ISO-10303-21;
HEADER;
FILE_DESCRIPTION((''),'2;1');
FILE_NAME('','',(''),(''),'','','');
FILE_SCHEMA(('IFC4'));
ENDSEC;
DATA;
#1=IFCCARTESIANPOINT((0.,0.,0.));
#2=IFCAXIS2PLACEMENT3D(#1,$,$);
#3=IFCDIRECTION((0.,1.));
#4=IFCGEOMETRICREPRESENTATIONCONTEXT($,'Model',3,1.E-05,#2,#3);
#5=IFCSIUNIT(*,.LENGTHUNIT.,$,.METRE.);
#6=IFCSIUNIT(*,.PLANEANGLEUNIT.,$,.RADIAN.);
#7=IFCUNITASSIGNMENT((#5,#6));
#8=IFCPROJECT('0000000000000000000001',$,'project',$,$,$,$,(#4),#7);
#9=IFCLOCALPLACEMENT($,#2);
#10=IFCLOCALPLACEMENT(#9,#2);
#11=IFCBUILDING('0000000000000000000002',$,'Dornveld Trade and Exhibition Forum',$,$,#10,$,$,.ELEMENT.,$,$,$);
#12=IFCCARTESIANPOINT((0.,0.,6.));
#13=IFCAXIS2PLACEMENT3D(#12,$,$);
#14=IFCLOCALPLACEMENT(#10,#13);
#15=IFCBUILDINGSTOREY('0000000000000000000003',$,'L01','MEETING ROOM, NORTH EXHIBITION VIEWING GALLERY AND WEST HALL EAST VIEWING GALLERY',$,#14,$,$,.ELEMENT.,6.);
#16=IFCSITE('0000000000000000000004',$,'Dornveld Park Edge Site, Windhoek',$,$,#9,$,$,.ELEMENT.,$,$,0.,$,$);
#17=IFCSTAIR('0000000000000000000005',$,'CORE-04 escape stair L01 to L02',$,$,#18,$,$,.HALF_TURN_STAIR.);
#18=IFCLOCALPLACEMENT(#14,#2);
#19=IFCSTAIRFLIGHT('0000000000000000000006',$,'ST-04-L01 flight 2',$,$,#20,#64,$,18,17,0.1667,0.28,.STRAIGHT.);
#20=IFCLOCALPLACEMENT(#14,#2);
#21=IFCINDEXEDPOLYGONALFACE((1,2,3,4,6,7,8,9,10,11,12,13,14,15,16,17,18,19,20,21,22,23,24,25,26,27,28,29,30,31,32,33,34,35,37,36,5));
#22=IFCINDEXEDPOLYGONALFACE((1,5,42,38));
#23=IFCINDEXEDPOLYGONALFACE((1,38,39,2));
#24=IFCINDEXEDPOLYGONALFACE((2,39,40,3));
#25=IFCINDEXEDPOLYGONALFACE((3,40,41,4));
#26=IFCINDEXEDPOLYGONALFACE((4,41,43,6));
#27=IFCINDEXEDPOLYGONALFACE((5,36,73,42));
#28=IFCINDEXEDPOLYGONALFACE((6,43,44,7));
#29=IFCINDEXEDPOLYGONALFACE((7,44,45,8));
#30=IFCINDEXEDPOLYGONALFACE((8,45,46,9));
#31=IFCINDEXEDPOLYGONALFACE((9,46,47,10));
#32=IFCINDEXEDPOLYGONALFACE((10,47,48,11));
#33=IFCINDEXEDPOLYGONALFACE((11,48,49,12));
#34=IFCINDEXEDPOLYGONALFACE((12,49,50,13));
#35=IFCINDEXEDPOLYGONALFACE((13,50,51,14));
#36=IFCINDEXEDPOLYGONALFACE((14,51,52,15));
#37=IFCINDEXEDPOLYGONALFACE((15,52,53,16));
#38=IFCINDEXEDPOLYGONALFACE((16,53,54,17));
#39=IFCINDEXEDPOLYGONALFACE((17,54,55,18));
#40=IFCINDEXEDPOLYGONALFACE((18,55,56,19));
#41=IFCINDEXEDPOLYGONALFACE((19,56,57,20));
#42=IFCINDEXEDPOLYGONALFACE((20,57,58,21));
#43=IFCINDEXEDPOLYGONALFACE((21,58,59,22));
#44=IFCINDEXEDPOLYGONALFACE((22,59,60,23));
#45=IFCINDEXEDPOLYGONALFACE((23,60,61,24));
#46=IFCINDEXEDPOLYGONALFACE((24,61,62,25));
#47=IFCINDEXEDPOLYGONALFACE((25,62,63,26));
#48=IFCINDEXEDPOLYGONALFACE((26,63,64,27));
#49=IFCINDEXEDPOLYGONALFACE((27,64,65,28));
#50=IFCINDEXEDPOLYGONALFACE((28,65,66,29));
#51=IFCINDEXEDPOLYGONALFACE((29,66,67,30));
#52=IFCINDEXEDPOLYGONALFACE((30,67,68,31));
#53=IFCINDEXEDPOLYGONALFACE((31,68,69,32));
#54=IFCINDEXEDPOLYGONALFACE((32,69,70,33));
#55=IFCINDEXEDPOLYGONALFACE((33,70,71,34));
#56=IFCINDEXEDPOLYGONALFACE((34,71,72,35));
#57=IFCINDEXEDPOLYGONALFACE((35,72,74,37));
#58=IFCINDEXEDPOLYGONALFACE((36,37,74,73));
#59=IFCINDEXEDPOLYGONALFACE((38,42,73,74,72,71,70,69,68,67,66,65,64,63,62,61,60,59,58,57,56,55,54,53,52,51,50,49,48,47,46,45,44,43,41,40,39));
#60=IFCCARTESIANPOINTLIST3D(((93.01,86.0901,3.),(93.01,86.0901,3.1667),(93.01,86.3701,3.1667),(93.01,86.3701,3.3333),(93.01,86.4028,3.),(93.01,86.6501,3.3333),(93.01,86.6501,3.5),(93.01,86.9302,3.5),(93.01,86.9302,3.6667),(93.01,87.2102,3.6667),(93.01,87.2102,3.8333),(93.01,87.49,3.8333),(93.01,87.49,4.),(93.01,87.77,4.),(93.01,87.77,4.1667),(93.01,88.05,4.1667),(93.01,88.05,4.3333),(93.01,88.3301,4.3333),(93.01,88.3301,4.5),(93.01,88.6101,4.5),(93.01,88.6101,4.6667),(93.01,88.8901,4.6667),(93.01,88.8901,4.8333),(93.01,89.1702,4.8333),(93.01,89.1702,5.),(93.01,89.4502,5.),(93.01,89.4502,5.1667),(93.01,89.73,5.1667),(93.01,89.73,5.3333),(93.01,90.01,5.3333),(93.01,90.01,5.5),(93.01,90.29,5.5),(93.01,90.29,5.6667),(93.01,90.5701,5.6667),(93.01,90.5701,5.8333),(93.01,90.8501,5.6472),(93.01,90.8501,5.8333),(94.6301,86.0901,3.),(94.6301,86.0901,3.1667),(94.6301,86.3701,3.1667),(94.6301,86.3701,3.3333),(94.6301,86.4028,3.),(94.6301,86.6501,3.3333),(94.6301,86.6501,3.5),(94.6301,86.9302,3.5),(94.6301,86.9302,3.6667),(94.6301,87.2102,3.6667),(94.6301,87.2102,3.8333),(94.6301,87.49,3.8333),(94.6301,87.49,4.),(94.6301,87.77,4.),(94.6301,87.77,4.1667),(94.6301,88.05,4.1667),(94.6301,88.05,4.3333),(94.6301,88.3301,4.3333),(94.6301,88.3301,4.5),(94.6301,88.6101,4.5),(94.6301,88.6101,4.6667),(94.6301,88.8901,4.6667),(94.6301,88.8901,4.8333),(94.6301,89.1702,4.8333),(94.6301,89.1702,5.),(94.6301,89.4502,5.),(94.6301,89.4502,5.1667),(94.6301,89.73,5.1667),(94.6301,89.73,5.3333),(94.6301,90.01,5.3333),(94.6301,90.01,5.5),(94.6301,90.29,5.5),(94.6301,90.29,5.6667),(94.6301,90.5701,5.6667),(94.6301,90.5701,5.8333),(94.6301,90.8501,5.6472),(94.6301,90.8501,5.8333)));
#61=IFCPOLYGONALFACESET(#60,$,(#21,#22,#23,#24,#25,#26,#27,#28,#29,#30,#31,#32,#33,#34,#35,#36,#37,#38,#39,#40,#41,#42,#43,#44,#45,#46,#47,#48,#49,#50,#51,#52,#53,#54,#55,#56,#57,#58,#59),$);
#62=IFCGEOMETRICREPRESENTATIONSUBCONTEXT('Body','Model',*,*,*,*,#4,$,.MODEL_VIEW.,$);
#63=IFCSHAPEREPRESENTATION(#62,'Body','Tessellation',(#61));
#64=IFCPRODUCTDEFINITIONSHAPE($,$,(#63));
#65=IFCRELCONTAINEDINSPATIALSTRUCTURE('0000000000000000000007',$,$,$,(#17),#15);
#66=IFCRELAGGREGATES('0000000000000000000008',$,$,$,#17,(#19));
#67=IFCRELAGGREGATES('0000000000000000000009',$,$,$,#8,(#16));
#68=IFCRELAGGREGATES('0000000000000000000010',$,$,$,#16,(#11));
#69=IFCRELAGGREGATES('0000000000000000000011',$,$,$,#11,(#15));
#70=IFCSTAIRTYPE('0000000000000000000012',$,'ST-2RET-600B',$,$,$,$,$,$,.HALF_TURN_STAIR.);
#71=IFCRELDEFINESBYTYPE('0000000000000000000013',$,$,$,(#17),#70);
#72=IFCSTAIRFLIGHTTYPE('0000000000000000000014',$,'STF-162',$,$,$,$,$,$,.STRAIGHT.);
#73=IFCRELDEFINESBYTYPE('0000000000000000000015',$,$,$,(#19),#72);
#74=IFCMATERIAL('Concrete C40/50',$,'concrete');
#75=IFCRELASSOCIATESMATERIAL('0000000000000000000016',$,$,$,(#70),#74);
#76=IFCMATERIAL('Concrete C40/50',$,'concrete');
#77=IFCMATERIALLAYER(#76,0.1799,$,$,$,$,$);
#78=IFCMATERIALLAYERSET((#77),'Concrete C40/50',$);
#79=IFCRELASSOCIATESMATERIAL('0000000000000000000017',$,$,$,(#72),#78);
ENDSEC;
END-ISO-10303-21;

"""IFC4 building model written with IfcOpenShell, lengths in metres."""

from ifc_helpers import new_model, si_unit, direction, frame, origin, place, context, subcontext, project, spatial, polyline, outline, extrude, material, layer, layer_set, type_object, element, aggregate, save


model = new_model("IFC4")

# Units and contexts
model_context = context("Model", 3, precision=1e-05, world=origin(), true_north=direction((0.0, 1.0)))
body_context = subcontext(model_context, "Body", "Model", "MODEL_VIEW")
ifc_project = project(units=[si_unit("LENGTHUNIT", "METRE"), si_unit("PLANEANGLEUNIT", "RADIAN")], contexts=[model_context])

# Site, building, storey
site_placement = place(None, origin())
site = spatial("IfcSite", under=ifc_project, at=site_placement, Name="Dornveld Park Edge Site, Windhoek", CompositionType="ELEMENT", RefElevation=0.0)
building_placement = place(site_placement, origin())
building = spatial("IfcBuilding", under=site, at=building_placement, Name="Dornveld Trade and Exhibition Forum", CompositionType="ELEMENT")
storey_placement = place(building_placement, frame((0.0, 0.0, 6.0)))
storey = spatial("IfcBuildingStorey", under=building, at=storey_placement, Name="L01", Description="MEETING ROOM, NORTH EXHIBITION VIEWING GALLERY AND WEST HALL EAST VIEWING GALLERY", CompositionType="ELEMENT", Elevation=6.0)

# Stair, stair flight
ifc_material_1 = material(Name="Concrete C40/50", Category="concrete")
stair_type_1 = type_object("IfcStairType", Name="ST-2RET-600B", PredefinedType="HALF_TURN_STAIR", material=ifc_material_1)
stair_1_placement = place(storey_placement, origin())
stair_1 = element("IfcStair", 1, at=stair_1_placement, inside=storey, type_object=stair_type_1, Name="CORE-04 escape stair L01 to L02", PredefinedType="HALF_TURN_STAIR")
ifc_material_2 = material(Name="Concrete C40/50", Category="concrete")
ifc_layer_1 = layer(ifc_material_2, 0.1799)
ifc_layer_set_1 = layer_set([ifc_layer_1], Name="Concrete C40/50")
stair_flight_type_1 = type_object("IfcStairFlightType", Name="STF-162", PredefinedType="STRAIGHT", material=ifc_layer_set_1)
stair_flight_1_placement = place(storey_placement, frame((93.8201, 86.0901, 3.0), z_axis=(0.0, 0.0, 1.0), x_axis=(0.0, 1.0, 0.0)))
stair_flight_1 = element("IfcStairFlight", 2, at=stair_flight_1_placement, type_object=stair_flight_type_1, Name="ST-04-L01 flight 2", NumberOfRisers=18, NumberOfTreads=17, PredefinedType="STRAIGHT", RiserHeight=0.1667, TreadLength=0.28, context=body_context, shape_type="SweptSolid", body=[
    extrude(outline(polyline([(0.0, 0.0), (0.0, 0.1667), (0.28, 0.1667), (0.28, 0.3333), (0.5601, 0.3333), (0.5601, 0.5), (0.8401, 0.5), (0.8401, 0.6667), (1.1201, 0.6667), (1.1201, 0.8333), (1.3999, 0.8333), (1.3999, 1.0), (1.6799, 1.0), (1.6799, 1.1667), (1.96, 1.1667), (1.96, 1.3333), (2.24, 1.3333), (2.24, 1.5), (2.52, 1.5), (2.52, 1.6667), (2.8, 1.6667), (2.8, 1.8333), (3.0801, 1.8333), (3.0801, 2.0), (3.3601, 2.0), (3.3601, 2.1667), (3.6399, 2.1667), (3.6399, 2.3333), (3.9199, 2.3333), (3.9199, 2.5), (4.2, 2.5), (4.2, 2.6667), (4.48, 2.6667), (4.48, 2.8333), (4.76, 2.8333), (4.76, 3.0), (4.76, 2.6472), (0.3127, 0.0), (0.0, 0.0)])), frame((0.0, 0.8101, 0.0), z_axis=(0.0, -1.0, 0.0), x_axis=(1.0, 0.0, 0.0)), (0.0, 0.0, 1.0), 1.6201),
])
aggregate(stair_1, [stair_flight_1])

save(model, "model.ifc")
